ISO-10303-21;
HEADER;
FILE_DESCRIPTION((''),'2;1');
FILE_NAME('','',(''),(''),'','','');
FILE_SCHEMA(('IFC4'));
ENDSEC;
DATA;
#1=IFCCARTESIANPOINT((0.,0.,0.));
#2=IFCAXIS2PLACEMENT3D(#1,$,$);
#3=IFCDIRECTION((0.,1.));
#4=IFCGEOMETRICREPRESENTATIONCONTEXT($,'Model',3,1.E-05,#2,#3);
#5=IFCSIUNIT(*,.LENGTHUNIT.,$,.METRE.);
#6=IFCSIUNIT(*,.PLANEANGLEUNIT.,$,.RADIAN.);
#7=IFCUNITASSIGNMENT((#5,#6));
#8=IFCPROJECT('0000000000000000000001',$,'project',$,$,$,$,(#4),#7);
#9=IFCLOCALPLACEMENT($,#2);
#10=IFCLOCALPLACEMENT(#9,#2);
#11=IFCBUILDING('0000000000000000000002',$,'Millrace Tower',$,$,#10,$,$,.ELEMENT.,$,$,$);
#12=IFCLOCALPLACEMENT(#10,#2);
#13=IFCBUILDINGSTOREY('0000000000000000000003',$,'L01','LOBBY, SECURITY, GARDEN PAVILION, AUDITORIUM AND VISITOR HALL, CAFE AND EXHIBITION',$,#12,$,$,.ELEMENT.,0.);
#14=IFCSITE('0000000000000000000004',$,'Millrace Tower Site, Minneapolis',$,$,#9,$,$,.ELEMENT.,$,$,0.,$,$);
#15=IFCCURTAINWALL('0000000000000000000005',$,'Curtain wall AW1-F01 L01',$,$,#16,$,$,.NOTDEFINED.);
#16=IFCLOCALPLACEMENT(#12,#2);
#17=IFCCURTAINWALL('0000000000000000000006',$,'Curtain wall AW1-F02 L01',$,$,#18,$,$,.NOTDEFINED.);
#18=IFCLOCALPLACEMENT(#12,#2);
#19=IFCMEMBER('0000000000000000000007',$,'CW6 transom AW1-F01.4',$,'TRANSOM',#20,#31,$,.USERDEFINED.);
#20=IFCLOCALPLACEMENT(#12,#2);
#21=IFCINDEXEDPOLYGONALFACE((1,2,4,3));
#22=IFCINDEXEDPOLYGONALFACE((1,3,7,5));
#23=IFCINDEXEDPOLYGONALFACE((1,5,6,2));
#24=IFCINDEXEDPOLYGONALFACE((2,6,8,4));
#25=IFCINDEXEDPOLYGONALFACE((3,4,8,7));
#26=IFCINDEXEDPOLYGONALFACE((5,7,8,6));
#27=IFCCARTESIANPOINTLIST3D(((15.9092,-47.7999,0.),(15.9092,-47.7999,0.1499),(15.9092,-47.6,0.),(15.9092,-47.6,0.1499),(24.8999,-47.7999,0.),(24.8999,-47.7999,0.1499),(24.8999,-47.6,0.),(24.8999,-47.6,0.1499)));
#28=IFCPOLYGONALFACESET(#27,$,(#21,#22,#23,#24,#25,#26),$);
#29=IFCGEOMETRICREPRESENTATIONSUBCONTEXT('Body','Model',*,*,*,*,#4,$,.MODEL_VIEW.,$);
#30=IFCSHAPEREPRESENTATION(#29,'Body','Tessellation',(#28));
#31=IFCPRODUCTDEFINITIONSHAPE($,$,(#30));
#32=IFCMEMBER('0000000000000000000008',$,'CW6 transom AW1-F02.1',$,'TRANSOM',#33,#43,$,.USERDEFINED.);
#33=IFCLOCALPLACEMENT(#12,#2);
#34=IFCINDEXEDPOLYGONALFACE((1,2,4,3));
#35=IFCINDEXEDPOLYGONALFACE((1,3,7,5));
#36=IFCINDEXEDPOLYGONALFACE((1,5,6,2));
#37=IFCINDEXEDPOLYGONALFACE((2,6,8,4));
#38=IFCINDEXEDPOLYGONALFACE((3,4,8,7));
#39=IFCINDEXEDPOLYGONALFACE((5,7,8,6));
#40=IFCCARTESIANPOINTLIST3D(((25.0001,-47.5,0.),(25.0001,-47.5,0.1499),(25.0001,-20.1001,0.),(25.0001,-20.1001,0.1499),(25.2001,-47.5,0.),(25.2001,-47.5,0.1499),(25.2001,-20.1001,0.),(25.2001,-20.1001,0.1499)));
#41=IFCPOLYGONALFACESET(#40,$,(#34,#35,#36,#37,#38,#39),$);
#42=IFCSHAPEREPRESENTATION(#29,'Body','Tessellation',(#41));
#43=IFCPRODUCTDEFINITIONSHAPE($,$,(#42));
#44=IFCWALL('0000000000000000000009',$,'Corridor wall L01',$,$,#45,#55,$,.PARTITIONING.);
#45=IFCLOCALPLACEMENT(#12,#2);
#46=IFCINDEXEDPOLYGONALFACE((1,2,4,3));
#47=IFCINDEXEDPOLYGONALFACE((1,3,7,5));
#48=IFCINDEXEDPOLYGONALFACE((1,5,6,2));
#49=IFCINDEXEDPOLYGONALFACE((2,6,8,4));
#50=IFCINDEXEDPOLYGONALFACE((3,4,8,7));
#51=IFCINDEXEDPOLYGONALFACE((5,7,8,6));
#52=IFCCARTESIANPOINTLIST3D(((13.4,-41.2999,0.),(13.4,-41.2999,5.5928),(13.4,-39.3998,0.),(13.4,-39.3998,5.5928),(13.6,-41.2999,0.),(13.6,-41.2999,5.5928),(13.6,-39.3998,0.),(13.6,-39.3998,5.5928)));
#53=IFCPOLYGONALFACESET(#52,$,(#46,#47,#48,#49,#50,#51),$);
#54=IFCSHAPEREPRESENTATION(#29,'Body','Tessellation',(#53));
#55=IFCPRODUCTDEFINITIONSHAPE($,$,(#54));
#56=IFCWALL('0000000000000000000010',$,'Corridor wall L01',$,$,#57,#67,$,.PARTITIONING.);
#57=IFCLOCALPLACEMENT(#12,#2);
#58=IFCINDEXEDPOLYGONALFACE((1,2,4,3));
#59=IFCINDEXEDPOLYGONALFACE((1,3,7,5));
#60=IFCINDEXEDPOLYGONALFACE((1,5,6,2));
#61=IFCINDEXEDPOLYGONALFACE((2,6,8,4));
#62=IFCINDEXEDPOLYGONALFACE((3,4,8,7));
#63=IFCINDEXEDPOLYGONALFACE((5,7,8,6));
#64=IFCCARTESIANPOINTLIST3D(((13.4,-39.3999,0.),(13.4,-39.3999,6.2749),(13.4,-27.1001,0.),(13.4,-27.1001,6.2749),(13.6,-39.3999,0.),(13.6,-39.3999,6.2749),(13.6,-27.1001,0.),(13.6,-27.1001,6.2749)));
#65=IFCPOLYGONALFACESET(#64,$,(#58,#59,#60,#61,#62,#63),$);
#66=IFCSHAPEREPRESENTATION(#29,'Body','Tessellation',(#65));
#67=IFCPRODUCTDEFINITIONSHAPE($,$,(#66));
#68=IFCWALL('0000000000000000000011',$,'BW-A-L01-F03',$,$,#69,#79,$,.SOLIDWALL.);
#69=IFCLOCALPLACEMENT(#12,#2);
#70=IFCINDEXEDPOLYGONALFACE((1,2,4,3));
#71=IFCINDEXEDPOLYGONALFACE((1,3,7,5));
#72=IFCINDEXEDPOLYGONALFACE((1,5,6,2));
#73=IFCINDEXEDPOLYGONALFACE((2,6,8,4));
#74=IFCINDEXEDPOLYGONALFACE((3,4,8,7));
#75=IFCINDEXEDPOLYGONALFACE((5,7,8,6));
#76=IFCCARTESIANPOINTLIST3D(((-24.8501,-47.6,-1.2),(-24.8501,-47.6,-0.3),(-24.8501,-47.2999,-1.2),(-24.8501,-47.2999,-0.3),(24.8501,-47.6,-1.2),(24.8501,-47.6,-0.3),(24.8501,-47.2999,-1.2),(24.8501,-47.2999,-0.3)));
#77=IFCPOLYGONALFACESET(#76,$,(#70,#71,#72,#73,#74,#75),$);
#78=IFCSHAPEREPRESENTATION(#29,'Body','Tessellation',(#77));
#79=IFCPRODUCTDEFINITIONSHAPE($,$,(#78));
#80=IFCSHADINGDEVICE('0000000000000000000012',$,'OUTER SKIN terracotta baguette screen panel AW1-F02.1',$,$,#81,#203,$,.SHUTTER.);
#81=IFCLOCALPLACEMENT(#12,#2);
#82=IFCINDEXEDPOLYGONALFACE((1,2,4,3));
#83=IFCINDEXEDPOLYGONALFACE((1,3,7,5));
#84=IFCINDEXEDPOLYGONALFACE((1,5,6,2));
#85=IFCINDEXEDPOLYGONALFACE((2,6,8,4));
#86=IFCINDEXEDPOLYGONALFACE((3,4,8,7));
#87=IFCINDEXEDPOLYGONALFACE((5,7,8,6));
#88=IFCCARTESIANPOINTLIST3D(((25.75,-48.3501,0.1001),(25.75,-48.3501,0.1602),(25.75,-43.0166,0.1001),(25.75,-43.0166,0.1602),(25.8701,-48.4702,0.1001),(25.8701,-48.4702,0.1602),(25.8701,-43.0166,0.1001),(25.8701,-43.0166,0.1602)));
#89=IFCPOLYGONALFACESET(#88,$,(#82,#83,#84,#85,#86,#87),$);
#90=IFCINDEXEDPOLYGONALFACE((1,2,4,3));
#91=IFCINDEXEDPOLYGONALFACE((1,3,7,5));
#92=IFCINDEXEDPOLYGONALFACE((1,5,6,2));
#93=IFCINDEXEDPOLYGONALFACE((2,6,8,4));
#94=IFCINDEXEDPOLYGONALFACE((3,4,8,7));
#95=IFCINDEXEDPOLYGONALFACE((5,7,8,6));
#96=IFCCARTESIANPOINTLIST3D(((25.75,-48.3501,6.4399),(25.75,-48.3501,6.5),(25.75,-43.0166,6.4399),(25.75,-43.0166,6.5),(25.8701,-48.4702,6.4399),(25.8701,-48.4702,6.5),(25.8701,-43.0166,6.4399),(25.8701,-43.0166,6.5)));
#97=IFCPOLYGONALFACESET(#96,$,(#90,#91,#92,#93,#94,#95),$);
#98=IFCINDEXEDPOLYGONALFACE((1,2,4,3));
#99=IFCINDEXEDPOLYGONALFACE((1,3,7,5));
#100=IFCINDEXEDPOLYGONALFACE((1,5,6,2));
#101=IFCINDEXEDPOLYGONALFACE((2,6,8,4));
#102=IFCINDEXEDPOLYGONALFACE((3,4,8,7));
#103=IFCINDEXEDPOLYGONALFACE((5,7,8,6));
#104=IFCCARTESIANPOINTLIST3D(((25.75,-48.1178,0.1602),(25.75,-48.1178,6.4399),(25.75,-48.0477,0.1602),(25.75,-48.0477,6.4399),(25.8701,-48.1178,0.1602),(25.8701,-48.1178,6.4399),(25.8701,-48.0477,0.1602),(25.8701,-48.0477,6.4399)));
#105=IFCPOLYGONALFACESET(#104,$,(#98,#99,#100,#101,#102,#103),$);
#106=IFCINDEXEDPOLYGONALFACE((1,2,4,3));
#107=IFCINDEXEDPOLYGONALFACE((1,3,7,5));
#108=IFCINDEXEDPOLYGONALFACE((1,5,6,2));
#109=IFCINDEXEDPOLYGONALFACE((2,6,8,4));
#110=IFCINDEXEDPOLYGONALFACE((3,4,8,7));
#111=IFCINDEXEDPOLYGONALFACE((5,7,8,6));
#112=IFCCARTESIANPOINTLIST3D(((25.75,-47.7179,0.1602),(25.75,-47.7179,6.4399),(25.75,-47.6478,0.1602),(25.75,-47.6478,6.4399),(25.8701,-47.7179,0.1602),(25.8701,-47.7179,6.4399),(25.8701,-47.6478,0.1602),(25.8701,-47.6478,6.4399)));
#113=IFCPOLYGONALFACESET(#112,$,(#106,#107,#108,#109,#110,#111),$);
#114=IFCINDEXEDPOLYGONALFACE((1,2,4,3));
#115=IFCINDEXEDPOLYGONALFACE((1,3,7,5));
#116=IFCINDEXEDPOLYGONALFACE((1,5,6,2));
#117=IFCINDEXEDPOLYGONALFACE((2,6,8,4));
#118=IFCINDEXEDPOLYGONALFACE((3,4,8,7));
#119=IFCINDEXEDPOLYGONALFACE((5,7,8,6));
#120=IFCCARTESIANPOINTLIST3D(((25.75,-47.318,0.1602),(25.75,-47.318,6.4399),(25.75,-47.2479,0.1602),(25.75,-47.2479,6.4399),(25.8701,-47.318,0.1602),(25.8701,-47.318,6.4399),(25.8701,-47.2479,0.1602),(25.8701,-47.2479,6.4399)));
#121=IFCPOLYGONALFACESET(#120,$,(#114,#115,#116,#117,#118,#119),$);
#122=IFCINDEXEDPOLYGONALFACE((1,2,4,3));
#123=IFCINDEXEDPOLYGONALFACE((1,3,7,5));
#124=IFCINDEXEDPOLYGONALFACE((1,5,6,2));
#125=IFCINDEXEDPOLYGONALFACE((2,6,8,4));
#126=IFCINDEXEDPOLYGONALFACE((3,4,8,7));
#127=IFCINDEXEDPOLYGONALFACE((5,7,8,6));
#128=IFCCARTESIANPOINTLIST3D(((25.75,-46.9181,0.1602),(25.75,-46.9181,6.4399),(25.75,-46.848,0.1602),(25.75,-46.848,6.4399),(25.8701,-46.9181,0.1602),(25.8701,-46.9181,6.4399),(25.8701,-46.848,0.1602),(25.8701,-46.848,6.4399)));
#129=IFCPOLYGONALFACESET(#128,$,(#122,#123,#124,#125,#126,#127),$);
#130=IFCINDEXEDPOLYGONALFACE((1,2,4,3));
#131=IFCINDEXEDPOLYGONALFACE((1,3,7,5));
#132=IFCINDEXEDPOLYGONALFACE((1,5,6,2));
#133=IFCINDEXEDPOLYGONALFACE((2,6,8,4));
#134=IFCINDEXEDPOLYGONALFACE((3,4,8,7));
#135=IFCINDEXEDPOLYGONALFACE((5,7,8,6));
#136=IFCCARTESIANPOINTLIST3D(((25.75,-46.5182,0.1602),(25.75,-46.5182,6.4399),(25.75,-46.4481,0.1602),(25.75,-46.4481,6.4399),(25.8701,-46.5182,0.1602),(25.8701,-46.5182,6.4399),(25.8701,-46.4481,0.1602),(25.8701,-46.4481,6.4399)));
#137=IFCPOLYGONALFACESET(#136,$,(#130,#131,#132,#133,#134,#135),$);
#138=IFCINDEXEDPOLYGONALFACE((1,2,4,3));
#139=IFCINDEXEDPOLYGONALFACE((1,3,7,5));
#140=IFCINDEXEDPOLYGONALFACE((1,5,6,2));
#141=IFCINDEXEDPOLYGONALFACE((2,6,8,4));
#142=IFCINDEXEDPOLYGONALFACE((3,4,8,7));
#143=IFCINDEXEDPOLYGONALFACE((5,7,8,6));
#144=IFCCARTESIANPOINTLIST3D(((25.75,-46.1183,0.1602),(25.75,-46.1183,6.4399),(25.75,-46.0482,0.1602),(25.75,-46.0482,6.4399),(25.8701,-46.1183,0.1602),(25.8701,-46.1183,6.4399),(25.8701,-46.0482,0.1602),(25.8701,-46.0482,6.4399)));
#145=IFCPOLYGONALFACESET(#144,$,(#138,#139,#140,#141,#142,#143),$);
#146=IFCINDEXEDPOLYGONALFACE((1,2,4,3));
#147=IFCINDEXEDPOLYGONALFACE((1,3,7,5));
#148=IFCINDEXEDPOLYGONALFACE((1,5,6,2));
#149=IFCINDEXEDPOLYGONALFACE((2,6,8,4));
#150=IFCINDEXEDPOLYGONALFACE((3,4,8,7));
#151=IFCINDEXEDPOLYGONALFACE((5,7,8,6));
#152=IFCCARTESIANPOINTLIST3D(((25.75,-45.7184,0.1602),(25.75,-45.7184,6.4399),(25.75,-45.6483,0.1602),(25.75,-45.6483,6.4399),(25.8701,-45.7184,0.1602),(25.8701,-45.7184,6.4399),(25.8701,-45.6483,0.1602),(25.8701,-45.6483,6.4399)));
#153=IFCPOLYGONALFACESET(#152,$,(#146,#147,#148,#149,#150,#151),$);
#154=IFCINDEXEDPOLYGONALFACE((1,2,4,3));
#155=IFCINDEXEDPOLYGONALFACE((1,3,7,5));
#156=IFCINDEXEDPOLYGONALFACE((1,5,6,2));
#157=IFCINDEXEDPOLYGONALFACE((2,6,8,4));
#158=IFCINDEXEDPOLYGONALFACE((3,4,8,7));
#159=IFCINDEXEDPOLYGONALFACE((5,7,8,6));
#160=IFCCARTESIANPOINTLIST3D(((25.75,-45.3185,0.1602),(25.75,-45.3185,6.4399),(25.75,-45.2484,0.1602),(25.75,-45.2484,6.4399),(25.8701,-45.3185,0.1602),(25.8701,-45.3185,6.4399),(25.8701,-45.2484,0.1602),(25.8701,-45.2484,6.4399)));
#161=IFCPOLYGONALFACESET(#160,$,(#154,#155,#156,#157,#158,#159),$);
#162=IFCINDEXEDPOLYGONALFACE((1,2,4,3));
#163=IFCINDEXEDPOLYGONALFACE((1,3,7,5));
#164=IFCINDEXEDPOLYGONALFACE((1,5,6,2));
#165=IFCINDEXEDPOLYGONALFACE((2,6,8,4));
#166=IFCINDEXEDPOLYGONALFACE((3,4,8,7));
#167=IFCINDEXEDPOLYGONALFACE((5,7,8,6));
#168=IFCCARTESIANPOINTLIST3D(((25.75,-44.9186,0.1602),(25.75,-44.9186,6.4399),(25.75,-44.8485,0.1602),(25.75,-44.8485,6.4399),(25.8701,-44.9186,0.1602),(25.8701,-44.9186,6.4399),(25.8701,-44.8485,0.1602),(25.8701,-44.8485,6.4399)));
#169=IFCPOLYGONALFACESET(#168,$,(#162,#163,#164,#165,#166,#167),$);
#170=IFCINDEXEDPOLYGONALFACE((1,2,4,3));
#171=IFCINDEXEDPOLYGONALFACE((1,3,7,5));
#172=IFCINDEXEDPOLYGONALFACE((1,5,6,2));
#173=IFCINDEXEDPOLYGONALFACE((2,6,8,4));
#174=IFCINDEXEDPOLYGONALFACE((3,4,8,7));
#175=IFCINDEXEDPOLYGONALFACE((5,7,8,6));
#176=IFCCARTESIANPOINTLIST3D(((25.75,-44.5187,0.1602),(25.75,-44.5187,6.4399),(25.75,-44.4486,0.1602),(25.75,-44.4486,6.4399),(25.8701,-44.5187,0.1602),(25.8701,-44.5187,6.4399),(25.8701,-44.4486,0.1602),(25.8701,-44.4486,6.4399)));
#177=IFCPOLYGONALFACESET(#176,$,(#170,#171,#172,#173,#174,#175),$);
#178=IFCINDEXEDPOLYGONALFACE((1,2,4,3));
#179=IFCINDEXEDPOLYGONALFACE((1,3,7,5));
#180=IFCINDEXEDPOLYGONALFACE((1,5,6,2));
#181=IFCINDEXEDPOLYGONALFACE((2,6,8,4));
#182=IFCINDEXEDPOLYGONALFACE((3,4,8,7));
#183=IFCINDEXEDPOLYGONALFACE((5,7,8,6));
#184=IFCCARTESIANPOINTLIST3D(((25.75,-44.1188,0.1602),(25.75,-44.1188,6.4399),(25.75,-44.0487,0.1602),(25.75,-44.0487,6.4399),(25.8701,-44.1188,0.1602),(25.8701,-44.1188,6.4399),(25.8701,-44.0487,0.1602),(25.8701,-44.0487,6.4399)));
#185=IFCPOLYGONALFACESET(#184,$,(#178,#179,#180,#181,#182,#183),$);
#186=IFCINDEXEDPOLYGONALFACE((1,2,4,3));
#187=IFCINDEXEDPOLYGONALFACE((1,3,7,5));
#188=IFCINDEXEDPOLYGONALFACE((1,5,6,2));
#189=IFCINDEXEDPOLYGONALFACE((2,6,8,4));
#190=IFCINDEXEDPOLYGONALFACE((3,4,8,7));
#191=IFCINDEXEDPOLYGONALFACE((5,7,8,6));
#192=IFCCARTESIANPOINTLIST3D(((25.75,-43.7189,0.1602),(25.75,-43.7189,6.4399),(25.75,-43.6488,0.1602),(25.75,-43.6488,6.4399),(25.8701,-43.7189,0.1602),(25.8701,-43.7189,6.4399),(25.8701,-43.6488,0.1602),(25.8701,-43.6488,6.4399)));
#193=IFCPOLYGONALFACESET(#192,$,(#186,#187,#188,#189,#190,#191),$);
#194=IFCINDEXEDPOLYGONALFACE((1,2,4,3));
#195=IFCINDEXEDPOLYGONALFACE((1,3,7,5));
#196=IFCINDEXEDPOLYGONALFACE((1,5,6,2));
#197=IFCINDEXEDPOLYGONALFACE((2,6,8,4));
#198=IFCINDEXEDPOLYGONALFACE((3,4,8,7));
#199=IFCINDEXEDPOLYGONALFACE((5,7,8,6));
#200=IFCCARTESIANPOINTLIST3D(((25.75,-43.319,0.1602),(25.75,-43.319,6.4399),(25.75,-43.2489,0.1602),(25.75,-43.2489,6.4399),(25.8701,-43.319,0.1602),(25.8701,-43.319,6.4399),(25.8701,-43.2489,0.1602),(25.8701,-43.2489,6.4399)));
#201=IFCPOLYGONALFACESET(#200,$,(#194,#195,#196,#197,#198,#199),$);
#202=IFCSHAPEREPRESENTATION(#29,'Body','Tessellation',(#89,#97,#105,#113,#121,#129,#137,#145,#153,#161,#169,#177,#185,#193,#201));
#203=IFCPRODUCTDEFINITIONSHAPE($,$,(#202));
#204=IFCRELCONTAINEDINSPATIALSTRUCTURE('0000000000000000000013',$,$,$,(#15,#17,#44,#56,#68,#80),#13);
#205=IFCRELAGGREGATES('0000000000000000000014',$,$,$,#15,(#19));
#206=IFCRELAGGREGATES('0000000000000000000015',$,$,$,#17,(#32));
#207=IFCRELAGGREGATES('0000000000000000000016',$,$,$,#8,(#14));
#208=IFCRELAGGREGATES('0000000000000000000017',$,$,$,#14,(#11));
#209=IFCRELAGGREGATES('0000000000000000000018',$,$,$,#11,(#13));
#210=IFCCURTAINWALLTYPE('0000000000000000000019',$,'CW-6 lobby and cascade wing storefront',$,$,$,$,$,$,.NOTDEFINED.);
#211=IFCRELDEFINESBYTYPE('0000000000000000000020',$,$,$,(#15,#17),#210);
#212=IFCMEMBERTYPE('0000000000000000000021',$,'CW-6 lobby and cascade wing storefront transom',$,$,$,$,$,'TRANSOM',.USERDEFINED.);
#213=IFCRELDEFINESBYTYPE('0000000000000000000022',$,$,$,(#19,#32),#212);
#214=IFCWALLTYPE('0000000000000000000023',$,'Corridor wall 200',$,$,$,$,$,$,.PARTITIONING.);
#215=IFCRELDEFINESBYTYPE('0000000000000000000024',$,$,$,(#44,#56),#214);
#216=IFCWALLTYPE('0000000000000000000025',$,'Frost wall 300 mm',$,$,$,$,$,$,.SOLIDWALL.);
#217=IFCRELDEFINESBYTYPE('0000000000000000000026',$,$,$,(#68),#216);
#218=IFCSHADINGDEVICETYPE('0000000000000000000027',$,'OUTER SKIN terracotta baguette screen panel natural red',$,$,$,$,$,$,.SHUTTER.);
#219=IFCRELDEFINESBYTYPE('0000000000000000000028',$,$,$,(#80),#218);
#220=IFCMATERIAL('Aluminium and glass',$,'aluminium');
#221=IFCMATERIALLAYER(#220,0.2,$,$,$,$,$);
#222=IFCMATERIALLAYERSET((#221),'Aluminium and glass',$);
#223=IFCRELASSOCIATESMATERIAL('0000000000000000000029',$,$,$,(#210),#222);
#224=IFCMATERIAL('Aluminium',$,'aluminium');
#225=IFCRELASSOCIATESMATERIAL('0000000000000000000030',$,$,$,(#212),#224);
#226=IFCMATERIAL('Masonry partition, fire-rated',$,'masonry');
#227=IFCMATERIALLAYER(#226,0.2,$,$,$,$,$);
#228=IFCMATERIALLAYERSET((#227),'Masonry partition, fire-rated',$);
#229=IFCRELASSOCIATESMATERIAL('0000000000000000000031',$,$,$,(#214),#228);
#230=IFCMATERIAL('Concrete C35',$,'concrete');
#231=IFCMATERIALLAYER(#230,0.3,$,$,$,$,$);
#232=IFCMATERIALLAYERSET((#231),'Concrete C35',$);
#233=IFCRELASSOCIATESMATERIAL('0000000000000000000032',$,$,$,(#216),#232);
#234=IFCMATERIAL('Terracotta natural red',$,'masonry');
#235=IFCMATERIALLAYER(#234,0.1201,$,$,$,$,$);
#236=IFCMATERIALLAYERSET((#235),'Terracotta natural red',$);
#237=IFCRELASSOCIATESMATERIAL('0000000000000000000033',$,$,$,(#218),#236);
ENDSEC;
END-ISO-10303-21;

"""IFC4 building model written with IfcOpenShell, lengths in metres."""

from ifc_helpers import new_model, entity, si_unit, direction, frame, frame_2d, origin, origin_2d, place, context, subcontext, project, spatial, rectangle, extrude, source, transform, mapped, material, layer, layer_set, material_profile, profile_set, type_object, element, aggregate, save


model = new_model("IFC4")

# Units and contexts
model_context = context("Model", 3, precision=1e-05, world=origin(), true_north=direction((0.0, 1.0)))
body_context = subcontext(model_context, "Body", "Model", "MODEL_VIEW")
ifc_project = project(units=[si_unit("LENGTHUNIT", "METRE"), si_unit("PLANEANGLEUNIT", "RADIAN")], contexts=[model_context])

# Site, building, storey
site_placement = place(None, origin())
site = spatial("IfcSite", under=ifc_project, at=site_placement, Name="Millrace Tower Site, Minneapolis", CompositionType="ELEMENT", RefElevation=0.0)
building_placement = place(site_placement, origin())
building = spatial("IfcBuilding", under=site, at=building_placement, Name="Millrace Tower", CompositionType="ELEMENT")
storey_placement = place(building_placement, origin())
storey = spatial("IfcBuildingStorey", under=building, at=storey_placement, Name="L01", Description="LOBBY, SECURITY, GARDEN PAVILION, AUDITORIUM AND VISITOR HALL, CAFE AND EXHIBITION", CompositionType="ELEMENT", Elevation=0.0)

# Curtain walls
ifc_material_1 = material(Name="Aluminium and glass", Category="aluminium")
ifc_layer_1 = layer(ifc_material_1, 0.2)
ifc_layer_set_1 = layer_set([ifc_layer_1], Name="Aluminium and glass")
curtain_wall_type = type_object("IfcCurtainWallType", Name="CW-6 lobby and cascade wing storefront", PredefinedType="NOTDEFINED", material=ifc_layer_set_1)
placement = place(storey_placement, origin())
curtain_wall_1 = element("IfcCurtainWall", 1, at=placement, inside=storey, type_object=curtain_wall_type, Name="Curtain wall AW1-F01 L01", PredefinedType="NOTDEFINED")
curtain_wall_2 = element("IfcCurtainWall", 2, at=placement, inside=storey, type_object=curtain_wall_type, Name="Curtain wall AW1-F02 L01", PredefinedType="NOTDEFINED")

# Members
ifc_material_2 = material(Name="Aluminium", Category="aluminium")
ifc_material_profile_1 = material_profile(ifc_material_2, rectangle(XDim=0.2, YDim=0.1499, at=origin_2d()))
ifc_profile_set_1 = profile_set([ifc_material_profile_1], Name="Aluminium")
member_type_1 = type_object("IfcMemberType", Name="CW-6 lobby and cascade wing storefront transom", ElementType="TRANSOM", PredefinedType="USERDEFINED", material=ifc_profile_set_1)
member_1_placement = place(storey_placement, frame((15.9092, -47.7, 0.075), z_axis=(1.0, 0.0, 0.0), x_axis=(0.0, 1.0, 0.0)))
member_1 = element("IfcMember", 3, at=member_1_placement, type_object=member_type_1, Name="CW6 transom AW1-F01.4", ObjectType="TRANSOM", PredefinedType="USERDEFINED", context=body_context, shape_type="SweptSolid", body=[
    extrude(rectangle(XDim=0.2, YDim=0.1499, at=origin_2d()), origin(), (0.0, 0.0, 1.0), 8.9907),
])
aggregate(curtain_wall_1, [member_1])
member_2_placement = place(storey_placement, frame((25.1001, -47.5, 0.075), z_axis=(0.0, 1.0, 0.0), x_axis=(-1.0, 0.0, 0.0)))
member_2 = element("IfcMember", 4, at=member_2_placement, type_object=member_type_1, Name="CW6 transom AW1-F02.1", ObjectType="TRANSOM", PredefinedType="USERDEFINED", context=body_context, shape_type="SweptSolid", body=[
    extrude(rectangle(XDim=0.2, YDim=0.1499, at=origin_2d()), origin(), (0.0, 0.0, 1.0), 27.3999),
])
aggregate(curtain_wall_2, [member_2])

# Walls
ifc_material_3 = material(Name="Masonry partition, fire-rated", Category="masonry")
ifc_layer_2 = layer(ifc_material_3, 0.2)
ifc_layer_set_2 = layer_set([ifc_layer_2], Name="Masonry partition, fire-rated")
wall_type_1 = type_object("IfcWallType", Name="Corridor wall 200", PredefinedType="PARTITIONING", material=ifc_layer_set_2)
wall_1_placement = place(storey_placement, frame((13.5, -41.3, 0.0), z_axis=(0.0, 0.0, 1.0), x_axis=(0.0, 1.0, 0.0)))
element("IfcWall", 5, at=wall_1_placement, inside=storey, type_object=wall_type_1, Name="Corridor wall L01", PredefinedType="PARTITIONING", context=body_context, shape_type="SweptSolid", body=[
    extrude(rectangle(XDim=1.9001, YDim=0.2, at=frame_2d((0.9502, 0.0))), origin(), (0.0, 0.0, 1.0), 5.5928),
])
wall_2_placement = place(storey_placement, frame((13.5, -39.3999, 0.0), z_axis=(0.0, 0.0, 1.0), x_axis=(0.0, 1.0, 0.0)))
element("IfcWall", 6, at=wall_2_placement, inside=storey, type_object=wall_type_1, Name="Corridor wall L01", PredefinedType="PARTITIONING", context=body_context, shape_type="SweptSolid", body=[
    extrude(rectangle(XDim=12.2998, YDim=0.2, at=frame_2d((6.1499, 0.0))), origin(), (0.0, 0.0, 1.0), 6.2749),
])

# Wall
ifc_material_4 = material(Name="Concrete C35", Category="concrete")
ifc_layer_3 = layer(ifc_material_4, 0.3)
ifc_layer_set_3 = layer_set([ifc_layer_3], Name="Concrete C35")
wall_type_2 = type_object("IfcWallType", Name="Frost wall 300 mm", PredefinedType="SOLIDWALL", material=ifc_layer_set_3)
wall_3_placement = place(storey_placement, frame((24.8501, -47.45, -1.2), z_axis=(0.0, 0.0, 1.0), x_axis=(-1.0, 0.0, 0.0)))
element("IfcWall", 7, at=wall_3_placement, inside=storey, type_object=wall_type_2, Name="BW-A-L01-F03", PredefinedType="SOLIDWALL", context=body_context, shape_type="SweptSolid", body=[
    extrude(rectangle(XDim=49.7002, YDim=0.3, at=frame_2d((24.8501, 0.0))), origin(), (0.0, 0.0, 1.0), 0.8999),
])

# Shading device
ifc_material_5 = material(Name="Terracotta natural red", Category="masonry")
ifc_layer_4 = layer(ifc_material_5, 0.1201)
ifc_layer_set_4 = layer_set([ifc_layer_4], Name="Terracotta natural red")
shading_device_type = type_object("IfcShadingDeviceType", Name="OUTER SKIN terracotta baguette screen panel natural red", PredefinedType="SHUTTER", material=ifc_layer_set_4)
cartesian_point_1 = entity("IfcCartesianPoint", [-2.6367, 0.0601])
shared_polyline_1 = entity("IfcPolyline", [cartesian_point_1, entity("IfcCartesianPoint", [2.6968, 0.0601]), entity("IfcCartesianPoint", [2.6968, -0.0601]), entity("IfcCartesianPoint", [-2.7568, -0.0601]), cartesian_point_1])
shared_shape_1 = source(origin(), body_context, "Body", "SweptSolid", [
    entity("IfcExtrudedAreaSolid", entity("IfcArbitraryClosedProfileDef", "AREA", None, shared_polyline_1), entity("IfcAxis2Placement3D", entity("IfcCartesianPoint", [0.0, 0.0, 0.0])), entity("IfcDirection", [0.0, 0.0, 1.0]), 0.0601),
    entity("IfcExtrudedAreaSolid", entity("IfcArbitraryClosedProfileDef", "AREA", None, shared_polyline_1), entity("IfcAxis2Placement3D", entity("IfcCartesianPoint", [0.0, 0.0, 6.3398])), entity("IfcDirection", [0.0, 0.0, 1.0]), 0.0601),
    extrude(rectangle(XDim=0.0701, YDim=0.1201, at=frame_2d((-2.3694, 0.0))), frame((0.0, 0.0, 0.0601)), (0.0, 0.0, 1.0), 6.2798),
    extrude(rectangle(XDim=0.0701, YDim=0.1201, at=frame_2d((-1.9695, 0.0))), frame((0.0, 0.0, 0.0601)), (0.0, 0.0, 1.0), 6.2798),
    extrude(rectangle(XDim=0.0701, YDim=0.1201, at=frame_2d((-1.5696, 0.0))), frame((0.0, 0.0, 0.0601)), (0.0, 0.0, 1.0), 6.2798),
    extrude(rectangle(XDim=0.0701, YDim=0.1201, at=frame_2d((-1.1697, 0.0))), frame((0.0, 0.0, 0.0601)), (0.0, 0.0, 1.0), 6.2798),
    extrude(rectangle(XDim=0.0701, YDim=0.1201, at=frame_2d((-0.7698, 0.0))), frame((0.0, 0.0, 0.0601)), (0.0, 0.0, 1.0), 6.2798),
    extrude(rectangle(XDim=0.0701, YDim=0.1201, at=frame_2d((-0.3699, 0.0))), frame((0.0, 0.0, 0.0601)), (0.0, 0.0, 1.0), 6.2798),
    extrude(rectangle(XDim=0.0701, YDim=0.1201, at=frame_2d((0.03, 0.0))), frame((0.0, 0.0, 0.0601)), (0.0, 0.0, 1.0), 6.2798),
    extrude(rectangle(XDim=0.0701, YDim=0.1201, at=frame_2d((0.4299, 0.0))), frame((0.0, 0.0, 0.0601)), (0.0, 0.0, 1.0), 6.2798),
    extrude(rectangle(XDim=0.0701, YDim=0.1201, at=frame_2d((0.8298, 0.0))), frame((0.0, 0.0, 0.0601)), (0.0, 0.0, 1.0), 6.2798),
    extrude(rectangle(XDim=0.0701, YDim=0.1201, at=frame_2d((1.2297, 0.0))), frame((0.0, 0.0, 0.0601)), (0.0, 0.0, 1.0), 6.2798),
    extrude(rectangle(XDim=0.0701, YDim=0.1201, at=frame_2d((1.6296, 0.0))), frame((0.0, 0.0, 0.0601)), (0.0, 0.0, 1.0), 6.2798),
    extrude(rectangle(XDim=0.0701, YDim=0.1201, at=frame_2d((2.0295, 0.0))), frame((0.0, 0.0, 0.0601)), (0.0, 0.0, 1.0), 6.2798),
    extrude(rectangle(XDim=0.0701, YDim=0.1201, at=frame_2d((2.4294, 0.0))), frame((0.0, 0.0, 0.0601)), (0.0, 0.0, 1.0), 6.2798),
])
shading_device_placement = place(storey_placement, frame((25.8101, -45.7134, 0.1001), z_axis=(0.0, 0.0, 1.0), x_axis=(0.0, 1.0, 0.0)))
element("IfcShadingDevice", 8, at=shading_device_placement, inside=storey, type_object=shading_device_type, Name="OUTER SKIN terracotta baguette screen panel AW1-F02.1", PredefinedType="SHUTTER", context=body_context, shape_type="MappedRepresentation", body=[
    mapped(shared_shape_1, transform((0.0, 0.0, 0.0), scale=1.0)),
])

save(model, "model.ifc")
